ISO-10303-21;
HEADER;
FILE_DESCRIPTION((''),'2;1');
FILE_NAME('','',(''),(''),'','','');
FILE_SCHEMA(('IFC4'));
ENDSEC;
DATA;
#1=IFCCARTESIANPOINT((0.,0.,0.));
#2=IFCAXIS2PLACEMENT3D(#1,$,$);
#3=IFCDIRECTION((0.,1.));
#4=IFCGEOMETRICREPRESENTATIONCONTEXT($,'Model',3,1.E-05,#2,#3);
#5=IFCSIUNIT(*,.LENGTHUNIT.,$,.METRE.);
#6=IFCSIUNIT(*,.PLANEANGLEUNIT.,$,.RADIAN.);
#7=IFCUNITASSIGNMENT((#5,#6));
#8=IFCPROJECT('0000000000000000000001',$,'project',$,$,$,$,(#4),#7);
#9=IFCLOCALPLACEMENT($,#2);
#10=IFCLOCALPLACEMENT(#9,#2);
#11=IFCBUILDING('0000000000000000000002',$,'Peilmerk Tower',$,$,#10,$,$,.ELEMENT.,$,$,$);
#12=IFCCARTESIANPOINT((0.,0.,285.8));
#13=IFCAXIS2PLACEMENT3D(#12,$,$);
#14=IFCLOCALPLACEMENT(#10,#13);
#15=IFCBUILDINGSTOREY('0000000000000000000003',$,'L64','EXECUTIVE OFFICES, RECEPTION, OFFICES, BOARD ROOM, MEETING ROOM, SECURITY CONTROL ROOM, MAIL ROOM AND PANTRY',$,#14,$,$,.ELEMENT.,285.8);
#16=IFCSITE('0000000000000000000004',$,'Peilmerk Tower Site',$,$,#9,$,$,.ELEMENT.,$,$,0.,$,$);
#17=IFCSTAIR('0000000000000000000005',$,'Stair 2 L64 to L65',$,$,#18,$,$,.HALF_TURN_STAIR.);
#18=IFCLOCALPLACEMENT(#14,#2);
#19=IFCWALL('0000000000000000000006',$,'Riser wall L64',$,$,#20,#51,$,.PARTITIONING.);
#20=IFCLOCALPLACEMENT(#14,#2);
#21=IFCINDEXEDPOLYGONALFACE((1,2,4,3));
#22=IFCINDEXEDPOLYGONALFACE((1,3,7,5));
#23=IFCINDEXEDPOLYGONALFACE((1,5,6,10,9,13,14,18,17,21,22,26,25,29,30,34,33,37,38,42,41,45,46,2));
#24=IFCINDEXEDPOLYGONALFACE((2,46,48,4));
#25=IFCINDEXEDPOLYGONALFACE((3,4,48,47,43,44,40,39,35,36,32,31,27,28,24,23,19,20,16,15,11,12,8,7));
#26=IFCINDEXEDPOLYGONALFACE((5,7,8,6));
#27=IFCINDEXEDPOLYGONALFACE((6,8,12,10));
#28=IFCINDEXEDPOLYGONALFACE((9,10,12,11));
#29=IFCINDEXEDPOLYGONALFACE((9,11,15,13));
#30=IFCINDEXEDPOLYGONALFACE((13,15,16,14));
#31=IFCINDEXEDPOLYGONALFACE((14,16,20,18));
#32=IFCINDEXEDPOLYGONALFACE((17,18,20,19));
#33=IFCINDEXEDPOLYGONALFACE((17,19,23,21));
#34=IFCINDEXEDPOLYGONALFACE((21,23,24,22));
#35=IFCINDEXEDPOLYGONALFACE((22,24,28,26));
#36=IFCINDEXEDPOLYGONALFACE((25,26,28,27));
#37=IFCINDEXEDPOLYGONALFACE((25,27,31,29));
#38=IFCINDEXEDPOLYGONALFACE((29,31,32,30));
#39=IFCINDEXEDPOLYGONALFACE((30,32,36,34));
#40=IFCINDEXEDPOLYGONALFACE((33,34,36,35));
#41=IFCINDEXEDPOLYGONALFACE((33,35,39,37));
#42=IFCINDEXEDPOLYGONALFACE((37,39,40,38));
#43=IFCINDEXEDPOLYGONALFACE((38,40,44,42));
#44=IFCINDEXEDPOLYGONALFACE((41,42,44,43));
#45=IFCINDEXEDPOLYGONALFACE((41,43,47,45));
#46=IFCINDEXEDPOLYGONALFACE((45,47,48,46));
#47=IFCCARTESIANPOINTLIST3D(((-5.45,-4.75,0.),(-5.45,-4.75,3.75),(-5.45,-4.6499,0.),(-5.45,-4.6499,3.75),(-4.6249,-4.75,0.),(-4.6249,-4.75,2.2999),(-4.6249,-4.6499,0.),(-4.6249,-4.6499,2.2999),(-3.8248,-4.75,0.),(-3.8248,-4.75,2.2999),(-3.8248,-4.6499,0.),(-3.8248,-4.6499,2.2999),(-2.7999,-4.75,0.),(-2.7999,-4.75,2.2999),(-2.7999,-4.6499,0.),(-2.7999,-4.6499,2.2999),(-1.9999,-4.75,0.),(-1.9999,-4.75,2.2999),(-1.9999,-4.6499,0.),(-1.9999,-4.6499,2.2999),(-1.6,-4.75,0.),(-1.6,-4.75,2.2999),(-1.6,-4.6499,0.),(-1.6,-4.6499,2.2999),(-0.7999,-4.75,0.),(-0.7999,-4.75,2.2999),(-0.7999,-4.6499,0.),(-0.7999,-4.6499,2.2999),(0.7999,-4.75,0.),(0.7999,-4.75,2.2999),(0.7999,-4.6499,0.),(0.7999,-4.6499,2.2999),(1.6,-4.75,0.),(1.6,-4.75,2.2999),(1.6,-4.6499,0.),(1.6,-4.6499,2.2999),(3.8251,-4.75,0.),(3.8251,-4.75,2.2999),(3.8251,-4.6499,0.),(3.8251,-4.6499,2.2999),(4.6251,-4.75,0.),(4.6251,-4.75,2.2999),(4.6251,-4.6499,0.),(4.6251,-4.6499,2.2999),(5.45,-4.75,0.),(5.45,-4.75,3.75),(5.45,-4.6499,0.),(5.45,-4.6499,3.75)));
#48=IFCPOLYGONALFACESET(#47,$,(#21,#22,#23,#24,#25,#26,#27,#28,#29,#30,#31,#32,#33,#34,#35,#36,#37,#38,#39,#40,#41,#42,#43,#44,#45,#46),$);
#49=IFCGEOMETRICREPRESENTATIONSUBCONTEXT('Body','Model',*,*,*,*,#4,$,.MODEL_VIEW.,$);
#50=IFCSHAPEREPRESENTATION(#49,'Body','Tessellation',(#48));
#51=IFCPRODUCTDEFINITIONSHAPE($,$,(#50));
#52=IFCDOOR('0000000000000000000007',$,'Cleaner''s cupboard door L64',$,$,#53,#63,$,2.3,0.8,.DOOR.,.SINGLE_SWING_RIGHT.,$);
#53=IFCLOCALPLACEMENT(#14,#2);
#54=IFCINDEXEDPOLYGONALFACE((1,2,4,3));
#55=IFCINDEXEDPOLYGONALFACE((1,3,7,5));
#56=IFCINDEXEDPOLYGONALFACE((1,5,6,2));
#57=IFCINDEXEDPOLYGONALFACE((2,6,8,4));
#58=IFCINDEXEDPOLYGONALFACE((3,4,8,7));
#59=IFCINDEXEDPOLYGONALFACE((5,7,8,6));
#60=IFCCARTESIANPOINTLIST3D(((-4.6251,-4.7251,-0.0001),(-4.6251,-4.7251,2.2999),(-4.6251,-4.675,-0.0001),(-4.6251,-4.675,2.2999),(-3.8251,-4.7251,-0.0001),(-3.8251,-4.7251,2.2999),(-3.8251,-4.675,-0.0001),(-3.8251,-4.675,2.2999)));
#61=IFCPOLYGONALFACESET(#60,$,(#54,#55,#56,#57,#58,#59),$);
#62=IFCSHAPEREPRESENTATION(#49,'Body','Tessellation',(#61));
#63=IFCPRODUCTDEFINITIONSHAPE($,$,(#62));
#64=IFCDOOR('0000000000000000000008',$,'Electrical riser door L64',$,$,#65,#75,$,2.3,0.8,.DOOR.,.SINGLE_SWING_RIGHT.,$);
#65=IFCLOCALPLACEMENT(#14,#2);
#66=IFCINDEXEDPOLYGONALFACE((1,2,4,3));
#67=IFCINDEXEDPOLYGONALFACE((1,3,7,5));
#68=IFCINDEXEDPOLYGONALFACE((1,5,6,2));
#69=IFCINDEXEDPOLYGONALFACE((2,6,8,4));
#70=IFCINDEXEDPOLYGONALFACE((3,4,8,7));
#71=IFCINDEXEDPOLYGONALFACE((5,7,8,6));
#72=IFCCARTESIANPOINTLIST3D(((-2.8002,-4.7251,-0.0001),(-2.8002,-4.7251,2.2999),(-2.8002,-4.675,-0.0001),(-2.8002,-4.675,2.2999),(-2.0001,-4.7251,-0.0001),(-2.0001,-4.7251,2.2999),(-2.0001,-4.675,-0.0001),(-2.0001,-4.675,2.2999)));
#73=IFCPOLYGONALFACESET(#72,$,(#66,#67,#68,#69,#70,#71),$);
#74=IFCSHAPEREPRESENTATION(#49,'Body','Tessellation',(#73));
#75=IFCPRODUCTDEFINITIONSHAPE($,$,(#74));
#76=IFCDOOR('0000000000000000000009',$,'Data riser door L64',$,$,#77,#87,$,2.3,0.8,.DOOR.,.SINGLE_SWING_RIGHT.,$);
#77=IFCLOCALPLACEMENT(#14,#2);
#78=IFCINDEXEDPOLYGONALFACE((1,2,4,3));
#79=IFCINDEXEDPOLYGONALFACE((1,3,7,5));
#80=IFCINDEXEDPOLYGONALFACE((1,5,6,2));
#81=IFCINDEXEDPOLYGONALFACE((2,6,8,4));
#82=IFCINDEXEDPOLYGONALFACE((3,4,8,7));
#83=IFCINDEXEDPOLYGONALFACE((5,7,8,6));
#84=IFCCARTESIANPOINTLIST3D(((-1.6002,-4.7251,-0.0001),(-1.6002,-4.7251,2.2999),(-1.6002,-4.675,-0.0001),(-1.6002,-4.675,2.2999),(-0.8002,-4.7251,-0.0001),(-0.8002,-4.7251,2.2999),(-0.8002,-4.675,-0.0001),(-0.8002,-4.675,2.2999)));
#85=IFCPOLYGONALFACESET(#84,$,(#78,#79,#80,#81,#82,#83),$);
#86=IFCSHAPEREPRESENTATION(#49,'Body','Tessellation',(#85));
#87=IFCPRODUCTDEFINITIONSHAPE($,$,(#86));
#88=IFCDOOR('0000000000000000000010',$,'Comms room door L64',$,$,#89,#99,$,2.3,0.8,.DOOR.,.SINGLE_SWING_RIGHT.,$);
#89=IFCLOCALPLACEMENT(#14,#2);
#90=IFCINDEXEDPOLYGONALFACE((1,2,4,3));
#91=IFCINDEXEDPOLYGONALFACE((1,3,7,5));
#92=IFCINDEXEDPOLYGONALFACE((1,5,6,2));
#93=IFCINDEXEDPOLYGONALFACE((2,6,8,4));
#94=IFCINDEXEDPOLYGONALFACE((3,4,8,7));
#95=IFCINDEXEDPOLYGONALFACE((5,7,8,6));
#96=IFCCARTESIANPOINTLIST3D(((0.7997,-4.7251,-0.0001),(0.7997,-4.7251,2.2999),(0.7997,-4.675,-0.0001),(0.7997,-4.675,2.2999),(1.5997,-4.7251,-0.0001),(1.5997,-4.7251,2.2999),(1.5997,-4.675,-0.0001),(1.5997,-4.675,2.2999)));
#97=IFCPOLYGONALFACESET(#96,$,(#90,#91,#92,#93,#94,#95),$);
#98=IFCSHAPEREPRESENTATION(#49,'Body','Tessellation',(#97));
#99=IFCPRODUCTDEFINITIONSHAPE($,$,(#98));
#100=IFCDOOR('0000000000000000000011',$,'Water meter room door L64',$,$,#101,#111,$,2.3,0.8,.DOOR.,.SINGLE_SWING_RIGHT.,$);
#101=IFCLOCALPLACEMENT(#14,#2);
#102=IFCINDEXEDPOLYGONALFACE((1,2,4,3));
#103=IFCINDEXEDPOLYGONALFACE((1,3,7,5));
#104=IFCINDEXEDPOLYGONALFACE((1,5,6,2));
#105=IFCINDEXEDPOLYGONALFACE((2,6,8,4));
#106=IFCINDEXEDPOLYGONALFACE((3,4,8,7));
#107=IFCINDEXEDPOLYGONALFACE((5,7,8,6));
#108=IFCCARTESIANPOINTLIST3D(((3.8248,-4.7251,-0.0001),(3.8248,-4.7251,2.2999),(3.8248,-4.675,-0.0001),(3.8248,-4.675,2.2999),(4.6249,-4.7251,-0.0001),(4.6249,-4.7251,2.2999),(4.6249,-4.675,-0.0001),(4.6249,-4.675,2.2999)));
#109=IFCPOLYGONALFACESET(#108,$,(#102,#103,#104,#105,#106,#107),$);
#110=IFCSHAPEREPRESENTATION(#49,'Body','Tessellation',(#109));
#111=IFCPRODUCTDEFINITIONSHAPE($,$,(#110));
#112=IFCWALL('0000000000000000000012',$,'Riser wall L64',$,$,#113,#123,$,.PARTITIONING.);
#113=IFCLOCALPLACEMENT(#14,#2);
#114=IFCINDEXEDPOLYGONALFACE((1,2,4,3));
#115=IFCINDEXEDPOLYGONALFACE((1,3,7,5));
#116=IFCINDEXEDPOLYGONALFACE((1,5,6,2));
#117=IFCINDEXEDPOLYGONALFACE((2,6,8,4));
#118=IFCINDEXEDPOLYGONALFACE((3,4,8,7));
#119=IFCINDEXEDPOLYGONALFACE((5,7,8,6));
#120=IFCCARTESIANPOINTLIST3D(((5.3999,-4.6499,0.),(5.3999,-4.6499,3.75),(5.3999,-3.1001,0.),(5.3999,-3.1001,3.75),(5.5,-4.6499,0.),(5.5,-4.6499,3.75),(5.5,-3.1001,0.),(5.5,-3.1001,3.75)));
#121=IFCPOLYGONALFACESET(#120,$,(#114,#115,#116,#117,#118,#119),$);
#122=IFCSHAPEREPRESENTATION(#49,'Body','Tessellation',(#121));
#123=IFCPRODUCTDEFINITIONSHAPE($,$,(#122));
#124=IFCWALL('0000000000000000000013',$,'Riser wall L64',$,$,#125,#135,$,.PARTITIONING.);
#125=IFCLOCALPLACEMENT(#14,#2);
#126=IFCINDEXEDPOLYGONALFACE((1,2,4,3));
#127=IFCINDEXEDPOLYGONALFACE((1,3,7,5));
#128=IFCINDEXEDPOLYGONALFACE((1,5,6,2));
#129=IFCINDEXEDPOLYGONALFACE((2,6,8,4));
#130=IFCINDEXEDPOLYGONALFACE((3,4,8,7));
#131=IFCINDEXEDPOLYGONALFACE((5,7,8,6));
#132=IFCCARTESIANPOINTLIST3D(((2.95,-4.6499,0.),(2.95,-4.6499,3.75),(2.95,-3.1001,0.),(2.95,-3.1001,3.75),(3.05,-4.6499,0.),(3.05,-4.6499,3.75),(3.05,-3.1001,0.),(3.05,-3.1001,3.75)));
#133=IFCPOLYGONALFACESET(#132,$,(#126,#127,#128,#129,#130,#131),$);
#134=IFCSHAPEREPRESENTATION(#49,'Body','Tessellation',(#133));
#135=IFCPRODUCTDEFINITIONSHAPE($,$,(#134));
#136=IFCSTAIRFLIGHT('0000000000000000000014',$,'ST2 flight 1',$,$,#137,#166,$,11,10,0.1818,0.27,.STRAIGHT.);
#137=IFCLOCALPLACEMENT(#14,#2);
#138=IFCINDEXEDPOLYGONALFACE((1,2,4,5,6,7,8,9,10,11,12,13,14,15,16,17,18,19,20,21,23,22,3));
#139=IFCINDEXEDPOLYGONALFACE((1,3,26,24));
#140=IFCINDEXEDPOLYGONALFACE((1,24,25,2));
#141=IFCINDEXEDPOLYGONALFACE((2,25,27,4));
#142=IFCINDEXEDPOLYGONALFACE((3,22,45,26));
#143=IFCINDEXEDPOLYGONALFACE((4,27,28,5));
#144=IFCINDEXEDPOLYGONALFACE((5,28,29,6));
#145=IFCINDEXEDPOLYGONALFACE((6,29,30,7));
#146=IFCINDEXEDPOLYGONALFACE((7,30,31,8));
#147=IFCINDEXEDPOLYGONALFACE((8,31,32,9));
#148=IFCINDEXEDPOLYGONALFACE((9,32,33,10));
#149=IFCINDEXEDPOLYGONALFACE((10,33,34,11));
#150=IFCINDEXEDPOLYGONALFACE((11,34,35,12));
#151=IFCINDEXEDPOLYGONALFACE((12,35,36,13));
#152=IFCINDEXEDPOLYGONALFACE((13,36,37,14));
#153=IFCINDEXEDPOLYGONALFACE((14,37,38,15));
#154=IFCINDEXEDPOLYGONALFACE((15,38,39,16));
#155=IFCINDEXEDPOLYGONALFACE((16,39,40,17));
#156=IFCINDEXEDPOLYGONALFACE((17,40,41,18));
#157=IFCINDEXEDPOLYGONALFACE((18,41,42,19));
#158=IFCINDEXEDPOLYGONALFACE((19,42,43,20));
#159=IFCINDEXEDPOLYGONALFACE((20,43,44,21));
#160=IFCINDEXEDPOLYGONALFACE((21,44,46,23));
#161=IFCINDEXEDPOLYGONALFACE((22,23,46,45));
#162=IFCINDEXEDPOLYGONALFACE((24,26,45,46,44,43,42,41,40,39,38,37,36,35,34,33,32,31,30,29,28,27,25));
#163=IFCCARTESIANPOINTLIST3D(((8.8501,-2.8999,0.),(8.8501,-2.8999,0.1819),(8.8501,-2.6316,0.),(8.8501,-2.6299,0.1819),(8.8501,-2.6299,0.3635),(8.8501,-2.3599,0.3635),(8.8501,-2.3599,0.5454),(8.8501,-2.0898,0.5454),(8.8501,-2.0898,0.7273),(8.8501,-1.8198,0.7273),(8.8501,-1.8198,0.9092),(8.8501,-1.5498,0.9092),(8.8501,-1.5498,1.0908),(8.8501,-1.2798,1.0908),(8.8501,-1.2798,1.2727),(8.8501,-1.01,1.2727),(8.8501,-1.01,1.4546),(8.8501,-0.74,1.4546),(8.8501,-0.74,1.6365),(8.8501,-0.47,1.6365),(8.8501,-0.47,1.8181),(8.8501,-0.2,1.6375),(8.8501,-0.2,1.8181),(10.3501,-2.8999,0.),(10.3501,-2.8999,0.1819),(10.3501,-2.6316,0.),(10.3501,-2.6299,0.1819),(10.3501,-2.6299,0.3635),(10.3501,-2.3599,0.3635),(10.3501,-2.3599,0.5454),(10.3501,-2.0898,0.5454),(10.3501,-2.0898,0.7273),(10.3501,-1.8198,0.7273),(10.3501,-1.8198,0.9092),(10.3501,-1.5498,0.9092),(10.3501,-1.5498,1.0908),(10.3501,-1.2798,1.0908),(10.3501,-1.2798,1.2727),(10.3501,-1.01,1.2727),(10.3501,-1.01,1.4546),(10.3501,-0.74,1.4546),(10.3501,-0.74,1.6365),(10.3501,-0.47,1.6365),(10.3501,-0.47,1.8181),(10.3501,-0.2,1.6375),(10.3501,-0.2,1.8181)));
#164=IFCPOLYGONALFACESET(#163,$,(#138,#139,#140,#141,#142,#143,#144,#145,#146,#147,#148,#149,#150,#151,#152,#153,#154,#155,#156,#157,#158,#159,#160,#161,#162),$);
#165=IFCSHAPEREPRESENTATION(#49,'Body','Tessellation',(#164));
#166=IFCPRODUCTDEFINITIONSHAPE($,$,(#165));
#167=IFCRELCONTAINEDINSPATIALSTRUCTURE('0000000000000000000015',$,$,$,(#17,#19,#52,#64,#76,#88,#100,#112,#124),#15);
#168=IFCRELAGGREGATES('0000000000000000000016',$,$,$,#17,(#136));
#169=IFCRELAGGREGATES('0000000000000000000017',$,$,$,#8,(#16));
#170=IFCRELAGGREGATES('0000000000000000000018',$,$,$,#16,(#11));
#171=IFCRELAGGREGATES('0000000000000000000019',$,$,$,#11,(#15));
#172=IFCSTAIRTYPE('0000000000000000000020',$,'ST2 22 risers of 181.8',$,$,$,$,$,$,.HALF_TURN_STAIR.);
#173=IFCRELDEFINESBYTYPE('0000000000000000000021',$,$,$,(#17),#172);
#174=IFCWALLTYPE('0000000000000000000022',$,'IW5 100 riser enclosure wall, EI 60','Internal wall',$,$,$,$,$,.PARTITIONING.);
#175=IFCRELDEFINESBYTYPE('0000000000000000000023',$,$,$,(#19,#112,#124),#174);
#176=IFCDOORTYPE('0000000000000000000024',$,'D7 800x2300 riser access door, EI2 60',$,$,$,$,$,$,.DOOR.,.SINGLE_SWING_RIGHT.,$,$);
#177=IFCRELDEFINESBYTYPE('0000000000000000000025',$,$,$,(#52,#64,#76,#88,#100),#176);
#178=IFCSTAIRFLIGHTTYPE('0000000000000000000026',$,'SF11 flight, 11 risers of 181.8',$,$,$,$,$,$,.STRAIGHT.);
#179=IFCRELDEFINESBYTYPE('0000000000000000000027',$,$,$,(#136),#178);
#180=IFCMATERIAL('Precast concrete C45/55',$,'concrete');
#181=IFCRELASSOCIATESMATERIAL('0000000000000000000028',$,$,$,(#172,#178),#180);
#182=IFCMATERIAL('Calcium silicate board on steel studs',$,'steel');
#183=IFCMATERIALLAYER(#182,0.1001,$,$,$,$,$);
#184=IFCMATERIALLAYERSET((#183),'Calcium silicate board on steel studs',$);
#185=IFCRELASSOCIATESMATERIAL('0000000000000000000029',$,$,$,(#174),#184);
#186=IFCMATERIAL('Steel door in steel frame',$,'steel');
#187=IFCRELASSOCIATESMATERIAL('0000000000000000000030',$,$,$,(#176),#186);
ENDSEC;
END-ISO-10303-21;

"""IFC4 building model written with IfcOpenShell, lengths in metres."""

from ifc_helpers import new_model, si_unit, direction, frame, frame_2d, origin, place, context, subcontext, project, spatial, polyline, rectangle, outline, extrude, material, layer, layer_set, type_object, element, fill, aggregate, save


model = new_model("IFC4")

# Units and contexts
model_context = context("Model", 3, precision=1e-05, world=origin(), true_north=direction((0.0, 1.0)))
body_context = subcontext(model_context, "Body", "Model", "MODEL_VIEW")
ifc_project = project(units=[si_unit("LENGTHUNIT", "METRE"), si_unit("PLANEANGLEUNIT", "RADIAN")], contexts=[model_context])

# Site, building, storey
site_placement = place(None, origin())
site = spatial("IfcSite", under=ifc_project, at=site_placement, Name="Peilmerk Tower Site", CompositionType="ELEMENT", RefElevation=0.0)
building_placement = place(site_placement, origin())
building = spatial("IfcBuilding", under=site, at=building_placement, Name="Peilmerk Tower", CompositionType="ELEMENT")
storey_placement = place(building_placement, frame((0.0, 0.0, 285.8)))
storey = spatial("IfcBuildingStorey", under=building, at=storey_placement, Name="L64", Description="EXECUTIVE OFFICES, RECEPTION, OFFICES, BOARD ROOM, MEETING ROOM, SECURITY CONTROL ROOM, MAIL ROOM AND PANTRY", CompositionType="ELEMENT", Elevation=285.8)

# Stair
ifc_material_1 = material(Name="Precast concrete C45/55", Category="concrete")
stair_type_1 = type_object("IfcStairType", Name="ST2 22 risers of 181.8", PredefinedType="HALF_TURN_STAIR", material=ifc_material_1)
stair_1_placement = place(storey_placement, origin())
stair_1 = element("IfcStair", 1, at=stair_1_placement, inside=storey, type_object=stair_type_1, Name="Stair 2 L64 to L65", PredefinedType="HALF_TURN_STAIR")

# Shared definitions
ifc_material_2 = material(Name="Steel door in steel frame", Category="steel")

# Shared definitions
ifc_material_3 = material(Name="Calcium silicate board on steel studs", Category="steel")
ifc_layer_1 = layer(ifc_material_3, 0.1001)
ifc_layer_set_1 = layer_set([ifc_layer_1], Name="Calcium silicate board on steel studs")
wall_type_1 = type_object("IfcWallType", Name="IW5 100 riser enclosure wall, EI 60", Description="Internal wall", PredefinedType="PARTITIONING", material=ifc_layer_set_1)

# Wall, openings, doors
wall_1_placement = place(storey_placement, frame((5.45, -4.7, 0.0), z_axis=(0.0, 0.0, 1.0), x_axis=(-1.0, 0.0, 0.0)))
wall_1 = element("IfcWall", 2, at=wall_1_placement, inside=storey, type_object=wall_type_1, Name="Riser wall L64", PredefinedType="PARTITIONING", context=body_context, shape_type="SweptSolid", body=[
    extrude(rectangle(XDim=10.8999, YDim=0.1001, at=frame_2d((5.45, 0.0))), origin(), (0.0, 0.0, 1.0), 3.75),
])
opening_1_placement = place(wall_1_placement, frame((9.2749, 0.0, 0.0)))
opening_1 = element("IfcOpeningElement", 3, at=opening_1_placement, cuts=wall_1, PredefinedType="OPENING", context=body_context, shape_type="SweptSolid", body=[
    extrude(rectangle(XDim=0.8, YDim=2.3, at=frame_2d((0.3999, 1.1499))), frame((0.0, 0.0601, 0.0), z_axis=(0.0, -1.0, 0.0), x_axis=(1.0, 0.0, 0.0)), (0.0, 0.0, 1.0), 0.1201),
])
opening_2_placement = place(wall_1_placement, frame((7.45, 0.0, 0.0)))
opening_2 = element("IfcOpeningElement", 4, at=opening_2_placement, cuts=wall_1, PredefinedType="OPENING", context=body_context, shape_type="SweptSolid", body=[
    extrude(rectangle(XDim=0.8, YDim=2.3, at=frame_2d((0.3999, 1.1499))), frame((0.0, 0.0601, 0.0), z_axis=(0.0, -1.0, 0.0), x_axis=(1.0, 0.0, 0.0)), (0.0, 0.0, 1.0), 0.1201),
])
opening_3_placement = place(wall_1_placement, frame((6.25, 0.0, 0.0)))
opening_3 = element("IfcOpeningElement", 5, at=opening_3_placement, cuts=wall_1, PredefinedType="OPENING", context=body_context, shape_type="SweptSolid", body=[
    extrude(rectangle(XDim=0.8, YDim=2.3, at=frame_2d((0.3999, 1.1499))), frame((0.0, 0.0601, 0.0), z_axis=(0.0, -1.0, 0.0), x_axis=(1.0, 0.0, 0.0)), (0.0, 0.0, 1.0), 0.1201),
])
opening_4_placement = place(wall_1_placement, frame((3.8501, 0.0, 0.0)))
opening_4 = element("IfcOpeningElement", 6, at=opening_4_placement, cuts=wall_1, PredefinedType="OPENING", context=body_context, shape_type="SweptSolid", body=[
    extrude(rectangle(XDim=0.8, YDim=2.3, at=frame_2d((0.3999, 1.1499))), frame((0.0, 0.0601, 0.0), z_axis=(0.0, -1.0, 0.0), x_axis=(1.0, 0.0, 0.0)), (0.0, 0.0, 1.0), 0.1201),
])
opening_5_placement = place(wall_1_placement, frame((0.825, 0.0, 0.0)))
opening_5 = element("IfcOpeningElement", 7, at=opening_5_placement, cuts=wall_1, PredefinedType="OPENING", context=body_context, shape_type="SweptSolid", body=[
    extrude(rectangle(XDim=0.8, YDim=2.3, at=frame_2d((0.3999, 1.1499))), frame((0.0, 0.0601, 0.0), z_axis=(0.0, -1.0, 0.0), x_axis=(1.0, 0.0, 0.0)), (0.0, 0.0, 1.0), 0.1201),
])
door_type_1 = type_object("IfcDoorType", Name="D7 800x2300 riser access door, EI2 60", OperationType="SINGLE_SWING_RIGHT", PredefinedType="DOOR", material=ifc_material_2)
door_1_placement = place(opening_1_placement, frame((0.8, 0.0, 0.0), z_axis=(0.0, 0.0, 1.0), x_axis=(-1.0, 0.0, 0.0)))
door_1 = element("IfcDoor", 8, at=door_1_placement, inside=storey, type_object=door_type_1, Name="Cleaner's cupboard door L64", OperationType="SINGLE_SWING_RIGHT", OverallHeight=2.3, OverallWidth=0.8, PredefinedType="DOOR", context=body_context, shape_type="SweptSolid", body=[
    extrude(rectangle(XDim=0.8, YDim=2.3, at=frame_2d((0.3999, 1.1499))), frame((0.0, 0.0249, 0.0), z_axis=(0.0, -1.0, 0.0), x_axis=(1.0, 0.0, 0.0)), (0.0, 0.0, 1.0), 0.05),
])
fill(opening_1, door_1)
door_2_placement = place(opening_2_placement, frame((0.8, 0.0, 0.0), z_axis=(0.0, 0.0, 1.0), x_axis=(-1.0, 0.0, 0.0)))
door_2 = element("IfcDoor", 9, at=door_2_placement, inside=storey, type_object=door_type_1, Name="Electrical riser door L64", OperationType="SINGLE_SWING_RIGHT", OverallHeight=2.3, OverallWidth=0.8, PredefinedType="DOOR", context=body_context, shape_type="SweptSolid", body=[
    extrude(rectangle(XDim=0.8, YDim=2.3, at=frame_2d((0.3999, 1.1499))), frame((0.0, 0.0249, 0.0), z_axis=(0.0, -1.0, 0.0), x_axis=(1.0, 0.0, 0.0)), (0.0, 0.0, 1.0), 0.05),
])
fill(opening_2, door_2)
door_3_placement = place(opening_3_placement, frame((0.8, 0.0, 0.0), z_axis=(0.0, 0.0, 1.0), x_axis=(-1.0, 0.0, 0.0)))
door_3 = element("IfcDoor", 10, at=door_3_placement, inside=storey, type_object=door_type_1, Name="Data riser door L64", OperationType="SINGLE_SWING_RIGHT", OverallHeight=2.3, OverallWidth=0.8, PredefinedType="DOOR", context=body_context, shape_type="SweptSolid", body=[
    extrude(rectangle(XDim=0.8, YDim=2.3, at=frame_2d((0.3999, 1.1499))), frame((0.0, 0.0249, 0.0), z_axis=(0.0, -1.0, 0.0), x_axis=(1.0, 0.0, 0.0)), (0.0, 0.0, 1.0), 0.05),
])
fill(opening_3, door_3)
door_4_placement = place(opening_4_placement, frame((0.8, 0.0, 0.0), z_axis=(0.0, 0.0, 1.0), x_axis=(-1.0, 0.0, 0.0)))
door_4 = element("IfcDoor", 11, at=door_4_placement, inside=storey, type_object=door_type_1, Name="Comms room door L64", OperationType="SINGLE_SWING_RIGHT", OverallHeight=2.3, OverallWidth=0.8, PredefinedType="DOOR", context=body_context, shape_type="SweptSolid", body=[
    extrude(rectangle(XDim=0.8, YDim=2.3, at=frame_2d((0.3999, 1.1499))), frame((0.0, 0.0249, 0.0), z_axis=(0.0, -1.0, 0.0), x_axis=(1.0, 0.0, 0.0)), (0.0, 0.0, 1.0), 0.05),
])
fill(opening_4, door_4)
door_5_placement = place(opening_5_placement, frame((0.8, 0.0, 0.0), z_axis=(0.0, 0.0, 1.0), x_axis=(-1.0, 0.0, 0.0)))
door_5 = element("IfcDoor", 12, at=door_5_placement, inside=storey, type_object=door_type_1, Name="Water meter room door L64", OperationType="SINGLE_SWING_RIGHT", OverallHeight=2.3, OverallWidth=0.8, PredefinedType="DOOR", context=body_context, shape_type="SweptSolid", body=[
    extrude(rectangle(XDim=0.8, YDim=2.3, at=frame_2d((0.3999, 1.1499))), frame((0.0, 0.0249, 0.0), z_axis=(0.0, -1.0, 0.0), x_axis=(1.0, 0.0, 0.0)), (0.0, 0.0, 1.0), 0.05),
])
fill(opening_5, door_5)

# Walls
for number, where, z_axis, x_axis, name in (
    (13, (5.45, -3.1001, 0.0), (0.0, 0.0, 1.0), (0.0, -1.0, 0.0), "Riser wall L64"),
    (14, (3.0, -3.1001, 0.0), (0.0, 0.0, 1.0), (0.0, -1.0, 0.0), "Riser wall L64"),
):
    element("IfcWall", number, at=place(storey_placement, frame(where, z_axis=z_axis, x_axis=x_axis)), inside=storey, type_object=wall_type_1, Name=name, PredefinedType="PARTITIONING", context=body_context, shape_type="SweptSolid", body=[
        extrude(rectangle(XDim=1.5498, YDim=0.1001, at=frame_2d((0.7749, 0.0))), origin(), (0.0, 0.0, 1.0), 3.75),
    ])

# Stair flight
stair_flight_type = type_object("IfcStairFlightType", Name="SF11 flight, 11 risers of 181.8", PredefinedType="STRAIGHT", material=ifc_material_1)
stair_flight_1_placement = place(storey_placement, frame((9.6001, -2.8999, 0.0), z_axis=(0.0, 0.0, 1.0), x_axis=(0.0, 1.0, 0.0)))
stair_flight_1 = element("IfcStairFlight", 15, at=stair_flight_1_placement, type_object=stair_flight_type, Name="ST2 flight 1", NumberOfRisers=11, NumberOfTreads=10, PredefinedType="STRAIGHT", RiserHeight=0.1818, TreadLength=0.27, context=body_context, shape_type="SweptSolid", body=[
    extrude(outline(polyline([(0.0, 0.0), (0.0, 0.1819), (0.27, 0.1819), (0.27, 0.3635), (0.54, 0.3635), (0.54, 0.5454), (0.8101, 0.5454), (0.8101, 0.7273), (1.0801, 0.7273), (1.0801, 0.9092), (1.3501, 0.9092), (1.3501, 1.0908), (1.6201, 1.0908), (1.6201, 1.2727), (1.8899, 1.2727), (1.8899, 1.4546), (2.1599, 1.4546), (2.1599, 1.6365), (2.4299, 1.6365), (2.4299, 1.8181), (2.7, 1.8181), (2.7, 2.0), (2.7, 1.6375), (0.2683, 0.0), (0.0, 0.0)])), frame((0.0, 0.75, 0.0), z_axis=(0.0, -1.0, 0.0), x_axis=(1.0, 0.0, 0.0)), (0.0, 0.0, 1.0), 1.5),
])
aggregate(stair_1, [stair_flight_1])

save(model, "model.ifc")
